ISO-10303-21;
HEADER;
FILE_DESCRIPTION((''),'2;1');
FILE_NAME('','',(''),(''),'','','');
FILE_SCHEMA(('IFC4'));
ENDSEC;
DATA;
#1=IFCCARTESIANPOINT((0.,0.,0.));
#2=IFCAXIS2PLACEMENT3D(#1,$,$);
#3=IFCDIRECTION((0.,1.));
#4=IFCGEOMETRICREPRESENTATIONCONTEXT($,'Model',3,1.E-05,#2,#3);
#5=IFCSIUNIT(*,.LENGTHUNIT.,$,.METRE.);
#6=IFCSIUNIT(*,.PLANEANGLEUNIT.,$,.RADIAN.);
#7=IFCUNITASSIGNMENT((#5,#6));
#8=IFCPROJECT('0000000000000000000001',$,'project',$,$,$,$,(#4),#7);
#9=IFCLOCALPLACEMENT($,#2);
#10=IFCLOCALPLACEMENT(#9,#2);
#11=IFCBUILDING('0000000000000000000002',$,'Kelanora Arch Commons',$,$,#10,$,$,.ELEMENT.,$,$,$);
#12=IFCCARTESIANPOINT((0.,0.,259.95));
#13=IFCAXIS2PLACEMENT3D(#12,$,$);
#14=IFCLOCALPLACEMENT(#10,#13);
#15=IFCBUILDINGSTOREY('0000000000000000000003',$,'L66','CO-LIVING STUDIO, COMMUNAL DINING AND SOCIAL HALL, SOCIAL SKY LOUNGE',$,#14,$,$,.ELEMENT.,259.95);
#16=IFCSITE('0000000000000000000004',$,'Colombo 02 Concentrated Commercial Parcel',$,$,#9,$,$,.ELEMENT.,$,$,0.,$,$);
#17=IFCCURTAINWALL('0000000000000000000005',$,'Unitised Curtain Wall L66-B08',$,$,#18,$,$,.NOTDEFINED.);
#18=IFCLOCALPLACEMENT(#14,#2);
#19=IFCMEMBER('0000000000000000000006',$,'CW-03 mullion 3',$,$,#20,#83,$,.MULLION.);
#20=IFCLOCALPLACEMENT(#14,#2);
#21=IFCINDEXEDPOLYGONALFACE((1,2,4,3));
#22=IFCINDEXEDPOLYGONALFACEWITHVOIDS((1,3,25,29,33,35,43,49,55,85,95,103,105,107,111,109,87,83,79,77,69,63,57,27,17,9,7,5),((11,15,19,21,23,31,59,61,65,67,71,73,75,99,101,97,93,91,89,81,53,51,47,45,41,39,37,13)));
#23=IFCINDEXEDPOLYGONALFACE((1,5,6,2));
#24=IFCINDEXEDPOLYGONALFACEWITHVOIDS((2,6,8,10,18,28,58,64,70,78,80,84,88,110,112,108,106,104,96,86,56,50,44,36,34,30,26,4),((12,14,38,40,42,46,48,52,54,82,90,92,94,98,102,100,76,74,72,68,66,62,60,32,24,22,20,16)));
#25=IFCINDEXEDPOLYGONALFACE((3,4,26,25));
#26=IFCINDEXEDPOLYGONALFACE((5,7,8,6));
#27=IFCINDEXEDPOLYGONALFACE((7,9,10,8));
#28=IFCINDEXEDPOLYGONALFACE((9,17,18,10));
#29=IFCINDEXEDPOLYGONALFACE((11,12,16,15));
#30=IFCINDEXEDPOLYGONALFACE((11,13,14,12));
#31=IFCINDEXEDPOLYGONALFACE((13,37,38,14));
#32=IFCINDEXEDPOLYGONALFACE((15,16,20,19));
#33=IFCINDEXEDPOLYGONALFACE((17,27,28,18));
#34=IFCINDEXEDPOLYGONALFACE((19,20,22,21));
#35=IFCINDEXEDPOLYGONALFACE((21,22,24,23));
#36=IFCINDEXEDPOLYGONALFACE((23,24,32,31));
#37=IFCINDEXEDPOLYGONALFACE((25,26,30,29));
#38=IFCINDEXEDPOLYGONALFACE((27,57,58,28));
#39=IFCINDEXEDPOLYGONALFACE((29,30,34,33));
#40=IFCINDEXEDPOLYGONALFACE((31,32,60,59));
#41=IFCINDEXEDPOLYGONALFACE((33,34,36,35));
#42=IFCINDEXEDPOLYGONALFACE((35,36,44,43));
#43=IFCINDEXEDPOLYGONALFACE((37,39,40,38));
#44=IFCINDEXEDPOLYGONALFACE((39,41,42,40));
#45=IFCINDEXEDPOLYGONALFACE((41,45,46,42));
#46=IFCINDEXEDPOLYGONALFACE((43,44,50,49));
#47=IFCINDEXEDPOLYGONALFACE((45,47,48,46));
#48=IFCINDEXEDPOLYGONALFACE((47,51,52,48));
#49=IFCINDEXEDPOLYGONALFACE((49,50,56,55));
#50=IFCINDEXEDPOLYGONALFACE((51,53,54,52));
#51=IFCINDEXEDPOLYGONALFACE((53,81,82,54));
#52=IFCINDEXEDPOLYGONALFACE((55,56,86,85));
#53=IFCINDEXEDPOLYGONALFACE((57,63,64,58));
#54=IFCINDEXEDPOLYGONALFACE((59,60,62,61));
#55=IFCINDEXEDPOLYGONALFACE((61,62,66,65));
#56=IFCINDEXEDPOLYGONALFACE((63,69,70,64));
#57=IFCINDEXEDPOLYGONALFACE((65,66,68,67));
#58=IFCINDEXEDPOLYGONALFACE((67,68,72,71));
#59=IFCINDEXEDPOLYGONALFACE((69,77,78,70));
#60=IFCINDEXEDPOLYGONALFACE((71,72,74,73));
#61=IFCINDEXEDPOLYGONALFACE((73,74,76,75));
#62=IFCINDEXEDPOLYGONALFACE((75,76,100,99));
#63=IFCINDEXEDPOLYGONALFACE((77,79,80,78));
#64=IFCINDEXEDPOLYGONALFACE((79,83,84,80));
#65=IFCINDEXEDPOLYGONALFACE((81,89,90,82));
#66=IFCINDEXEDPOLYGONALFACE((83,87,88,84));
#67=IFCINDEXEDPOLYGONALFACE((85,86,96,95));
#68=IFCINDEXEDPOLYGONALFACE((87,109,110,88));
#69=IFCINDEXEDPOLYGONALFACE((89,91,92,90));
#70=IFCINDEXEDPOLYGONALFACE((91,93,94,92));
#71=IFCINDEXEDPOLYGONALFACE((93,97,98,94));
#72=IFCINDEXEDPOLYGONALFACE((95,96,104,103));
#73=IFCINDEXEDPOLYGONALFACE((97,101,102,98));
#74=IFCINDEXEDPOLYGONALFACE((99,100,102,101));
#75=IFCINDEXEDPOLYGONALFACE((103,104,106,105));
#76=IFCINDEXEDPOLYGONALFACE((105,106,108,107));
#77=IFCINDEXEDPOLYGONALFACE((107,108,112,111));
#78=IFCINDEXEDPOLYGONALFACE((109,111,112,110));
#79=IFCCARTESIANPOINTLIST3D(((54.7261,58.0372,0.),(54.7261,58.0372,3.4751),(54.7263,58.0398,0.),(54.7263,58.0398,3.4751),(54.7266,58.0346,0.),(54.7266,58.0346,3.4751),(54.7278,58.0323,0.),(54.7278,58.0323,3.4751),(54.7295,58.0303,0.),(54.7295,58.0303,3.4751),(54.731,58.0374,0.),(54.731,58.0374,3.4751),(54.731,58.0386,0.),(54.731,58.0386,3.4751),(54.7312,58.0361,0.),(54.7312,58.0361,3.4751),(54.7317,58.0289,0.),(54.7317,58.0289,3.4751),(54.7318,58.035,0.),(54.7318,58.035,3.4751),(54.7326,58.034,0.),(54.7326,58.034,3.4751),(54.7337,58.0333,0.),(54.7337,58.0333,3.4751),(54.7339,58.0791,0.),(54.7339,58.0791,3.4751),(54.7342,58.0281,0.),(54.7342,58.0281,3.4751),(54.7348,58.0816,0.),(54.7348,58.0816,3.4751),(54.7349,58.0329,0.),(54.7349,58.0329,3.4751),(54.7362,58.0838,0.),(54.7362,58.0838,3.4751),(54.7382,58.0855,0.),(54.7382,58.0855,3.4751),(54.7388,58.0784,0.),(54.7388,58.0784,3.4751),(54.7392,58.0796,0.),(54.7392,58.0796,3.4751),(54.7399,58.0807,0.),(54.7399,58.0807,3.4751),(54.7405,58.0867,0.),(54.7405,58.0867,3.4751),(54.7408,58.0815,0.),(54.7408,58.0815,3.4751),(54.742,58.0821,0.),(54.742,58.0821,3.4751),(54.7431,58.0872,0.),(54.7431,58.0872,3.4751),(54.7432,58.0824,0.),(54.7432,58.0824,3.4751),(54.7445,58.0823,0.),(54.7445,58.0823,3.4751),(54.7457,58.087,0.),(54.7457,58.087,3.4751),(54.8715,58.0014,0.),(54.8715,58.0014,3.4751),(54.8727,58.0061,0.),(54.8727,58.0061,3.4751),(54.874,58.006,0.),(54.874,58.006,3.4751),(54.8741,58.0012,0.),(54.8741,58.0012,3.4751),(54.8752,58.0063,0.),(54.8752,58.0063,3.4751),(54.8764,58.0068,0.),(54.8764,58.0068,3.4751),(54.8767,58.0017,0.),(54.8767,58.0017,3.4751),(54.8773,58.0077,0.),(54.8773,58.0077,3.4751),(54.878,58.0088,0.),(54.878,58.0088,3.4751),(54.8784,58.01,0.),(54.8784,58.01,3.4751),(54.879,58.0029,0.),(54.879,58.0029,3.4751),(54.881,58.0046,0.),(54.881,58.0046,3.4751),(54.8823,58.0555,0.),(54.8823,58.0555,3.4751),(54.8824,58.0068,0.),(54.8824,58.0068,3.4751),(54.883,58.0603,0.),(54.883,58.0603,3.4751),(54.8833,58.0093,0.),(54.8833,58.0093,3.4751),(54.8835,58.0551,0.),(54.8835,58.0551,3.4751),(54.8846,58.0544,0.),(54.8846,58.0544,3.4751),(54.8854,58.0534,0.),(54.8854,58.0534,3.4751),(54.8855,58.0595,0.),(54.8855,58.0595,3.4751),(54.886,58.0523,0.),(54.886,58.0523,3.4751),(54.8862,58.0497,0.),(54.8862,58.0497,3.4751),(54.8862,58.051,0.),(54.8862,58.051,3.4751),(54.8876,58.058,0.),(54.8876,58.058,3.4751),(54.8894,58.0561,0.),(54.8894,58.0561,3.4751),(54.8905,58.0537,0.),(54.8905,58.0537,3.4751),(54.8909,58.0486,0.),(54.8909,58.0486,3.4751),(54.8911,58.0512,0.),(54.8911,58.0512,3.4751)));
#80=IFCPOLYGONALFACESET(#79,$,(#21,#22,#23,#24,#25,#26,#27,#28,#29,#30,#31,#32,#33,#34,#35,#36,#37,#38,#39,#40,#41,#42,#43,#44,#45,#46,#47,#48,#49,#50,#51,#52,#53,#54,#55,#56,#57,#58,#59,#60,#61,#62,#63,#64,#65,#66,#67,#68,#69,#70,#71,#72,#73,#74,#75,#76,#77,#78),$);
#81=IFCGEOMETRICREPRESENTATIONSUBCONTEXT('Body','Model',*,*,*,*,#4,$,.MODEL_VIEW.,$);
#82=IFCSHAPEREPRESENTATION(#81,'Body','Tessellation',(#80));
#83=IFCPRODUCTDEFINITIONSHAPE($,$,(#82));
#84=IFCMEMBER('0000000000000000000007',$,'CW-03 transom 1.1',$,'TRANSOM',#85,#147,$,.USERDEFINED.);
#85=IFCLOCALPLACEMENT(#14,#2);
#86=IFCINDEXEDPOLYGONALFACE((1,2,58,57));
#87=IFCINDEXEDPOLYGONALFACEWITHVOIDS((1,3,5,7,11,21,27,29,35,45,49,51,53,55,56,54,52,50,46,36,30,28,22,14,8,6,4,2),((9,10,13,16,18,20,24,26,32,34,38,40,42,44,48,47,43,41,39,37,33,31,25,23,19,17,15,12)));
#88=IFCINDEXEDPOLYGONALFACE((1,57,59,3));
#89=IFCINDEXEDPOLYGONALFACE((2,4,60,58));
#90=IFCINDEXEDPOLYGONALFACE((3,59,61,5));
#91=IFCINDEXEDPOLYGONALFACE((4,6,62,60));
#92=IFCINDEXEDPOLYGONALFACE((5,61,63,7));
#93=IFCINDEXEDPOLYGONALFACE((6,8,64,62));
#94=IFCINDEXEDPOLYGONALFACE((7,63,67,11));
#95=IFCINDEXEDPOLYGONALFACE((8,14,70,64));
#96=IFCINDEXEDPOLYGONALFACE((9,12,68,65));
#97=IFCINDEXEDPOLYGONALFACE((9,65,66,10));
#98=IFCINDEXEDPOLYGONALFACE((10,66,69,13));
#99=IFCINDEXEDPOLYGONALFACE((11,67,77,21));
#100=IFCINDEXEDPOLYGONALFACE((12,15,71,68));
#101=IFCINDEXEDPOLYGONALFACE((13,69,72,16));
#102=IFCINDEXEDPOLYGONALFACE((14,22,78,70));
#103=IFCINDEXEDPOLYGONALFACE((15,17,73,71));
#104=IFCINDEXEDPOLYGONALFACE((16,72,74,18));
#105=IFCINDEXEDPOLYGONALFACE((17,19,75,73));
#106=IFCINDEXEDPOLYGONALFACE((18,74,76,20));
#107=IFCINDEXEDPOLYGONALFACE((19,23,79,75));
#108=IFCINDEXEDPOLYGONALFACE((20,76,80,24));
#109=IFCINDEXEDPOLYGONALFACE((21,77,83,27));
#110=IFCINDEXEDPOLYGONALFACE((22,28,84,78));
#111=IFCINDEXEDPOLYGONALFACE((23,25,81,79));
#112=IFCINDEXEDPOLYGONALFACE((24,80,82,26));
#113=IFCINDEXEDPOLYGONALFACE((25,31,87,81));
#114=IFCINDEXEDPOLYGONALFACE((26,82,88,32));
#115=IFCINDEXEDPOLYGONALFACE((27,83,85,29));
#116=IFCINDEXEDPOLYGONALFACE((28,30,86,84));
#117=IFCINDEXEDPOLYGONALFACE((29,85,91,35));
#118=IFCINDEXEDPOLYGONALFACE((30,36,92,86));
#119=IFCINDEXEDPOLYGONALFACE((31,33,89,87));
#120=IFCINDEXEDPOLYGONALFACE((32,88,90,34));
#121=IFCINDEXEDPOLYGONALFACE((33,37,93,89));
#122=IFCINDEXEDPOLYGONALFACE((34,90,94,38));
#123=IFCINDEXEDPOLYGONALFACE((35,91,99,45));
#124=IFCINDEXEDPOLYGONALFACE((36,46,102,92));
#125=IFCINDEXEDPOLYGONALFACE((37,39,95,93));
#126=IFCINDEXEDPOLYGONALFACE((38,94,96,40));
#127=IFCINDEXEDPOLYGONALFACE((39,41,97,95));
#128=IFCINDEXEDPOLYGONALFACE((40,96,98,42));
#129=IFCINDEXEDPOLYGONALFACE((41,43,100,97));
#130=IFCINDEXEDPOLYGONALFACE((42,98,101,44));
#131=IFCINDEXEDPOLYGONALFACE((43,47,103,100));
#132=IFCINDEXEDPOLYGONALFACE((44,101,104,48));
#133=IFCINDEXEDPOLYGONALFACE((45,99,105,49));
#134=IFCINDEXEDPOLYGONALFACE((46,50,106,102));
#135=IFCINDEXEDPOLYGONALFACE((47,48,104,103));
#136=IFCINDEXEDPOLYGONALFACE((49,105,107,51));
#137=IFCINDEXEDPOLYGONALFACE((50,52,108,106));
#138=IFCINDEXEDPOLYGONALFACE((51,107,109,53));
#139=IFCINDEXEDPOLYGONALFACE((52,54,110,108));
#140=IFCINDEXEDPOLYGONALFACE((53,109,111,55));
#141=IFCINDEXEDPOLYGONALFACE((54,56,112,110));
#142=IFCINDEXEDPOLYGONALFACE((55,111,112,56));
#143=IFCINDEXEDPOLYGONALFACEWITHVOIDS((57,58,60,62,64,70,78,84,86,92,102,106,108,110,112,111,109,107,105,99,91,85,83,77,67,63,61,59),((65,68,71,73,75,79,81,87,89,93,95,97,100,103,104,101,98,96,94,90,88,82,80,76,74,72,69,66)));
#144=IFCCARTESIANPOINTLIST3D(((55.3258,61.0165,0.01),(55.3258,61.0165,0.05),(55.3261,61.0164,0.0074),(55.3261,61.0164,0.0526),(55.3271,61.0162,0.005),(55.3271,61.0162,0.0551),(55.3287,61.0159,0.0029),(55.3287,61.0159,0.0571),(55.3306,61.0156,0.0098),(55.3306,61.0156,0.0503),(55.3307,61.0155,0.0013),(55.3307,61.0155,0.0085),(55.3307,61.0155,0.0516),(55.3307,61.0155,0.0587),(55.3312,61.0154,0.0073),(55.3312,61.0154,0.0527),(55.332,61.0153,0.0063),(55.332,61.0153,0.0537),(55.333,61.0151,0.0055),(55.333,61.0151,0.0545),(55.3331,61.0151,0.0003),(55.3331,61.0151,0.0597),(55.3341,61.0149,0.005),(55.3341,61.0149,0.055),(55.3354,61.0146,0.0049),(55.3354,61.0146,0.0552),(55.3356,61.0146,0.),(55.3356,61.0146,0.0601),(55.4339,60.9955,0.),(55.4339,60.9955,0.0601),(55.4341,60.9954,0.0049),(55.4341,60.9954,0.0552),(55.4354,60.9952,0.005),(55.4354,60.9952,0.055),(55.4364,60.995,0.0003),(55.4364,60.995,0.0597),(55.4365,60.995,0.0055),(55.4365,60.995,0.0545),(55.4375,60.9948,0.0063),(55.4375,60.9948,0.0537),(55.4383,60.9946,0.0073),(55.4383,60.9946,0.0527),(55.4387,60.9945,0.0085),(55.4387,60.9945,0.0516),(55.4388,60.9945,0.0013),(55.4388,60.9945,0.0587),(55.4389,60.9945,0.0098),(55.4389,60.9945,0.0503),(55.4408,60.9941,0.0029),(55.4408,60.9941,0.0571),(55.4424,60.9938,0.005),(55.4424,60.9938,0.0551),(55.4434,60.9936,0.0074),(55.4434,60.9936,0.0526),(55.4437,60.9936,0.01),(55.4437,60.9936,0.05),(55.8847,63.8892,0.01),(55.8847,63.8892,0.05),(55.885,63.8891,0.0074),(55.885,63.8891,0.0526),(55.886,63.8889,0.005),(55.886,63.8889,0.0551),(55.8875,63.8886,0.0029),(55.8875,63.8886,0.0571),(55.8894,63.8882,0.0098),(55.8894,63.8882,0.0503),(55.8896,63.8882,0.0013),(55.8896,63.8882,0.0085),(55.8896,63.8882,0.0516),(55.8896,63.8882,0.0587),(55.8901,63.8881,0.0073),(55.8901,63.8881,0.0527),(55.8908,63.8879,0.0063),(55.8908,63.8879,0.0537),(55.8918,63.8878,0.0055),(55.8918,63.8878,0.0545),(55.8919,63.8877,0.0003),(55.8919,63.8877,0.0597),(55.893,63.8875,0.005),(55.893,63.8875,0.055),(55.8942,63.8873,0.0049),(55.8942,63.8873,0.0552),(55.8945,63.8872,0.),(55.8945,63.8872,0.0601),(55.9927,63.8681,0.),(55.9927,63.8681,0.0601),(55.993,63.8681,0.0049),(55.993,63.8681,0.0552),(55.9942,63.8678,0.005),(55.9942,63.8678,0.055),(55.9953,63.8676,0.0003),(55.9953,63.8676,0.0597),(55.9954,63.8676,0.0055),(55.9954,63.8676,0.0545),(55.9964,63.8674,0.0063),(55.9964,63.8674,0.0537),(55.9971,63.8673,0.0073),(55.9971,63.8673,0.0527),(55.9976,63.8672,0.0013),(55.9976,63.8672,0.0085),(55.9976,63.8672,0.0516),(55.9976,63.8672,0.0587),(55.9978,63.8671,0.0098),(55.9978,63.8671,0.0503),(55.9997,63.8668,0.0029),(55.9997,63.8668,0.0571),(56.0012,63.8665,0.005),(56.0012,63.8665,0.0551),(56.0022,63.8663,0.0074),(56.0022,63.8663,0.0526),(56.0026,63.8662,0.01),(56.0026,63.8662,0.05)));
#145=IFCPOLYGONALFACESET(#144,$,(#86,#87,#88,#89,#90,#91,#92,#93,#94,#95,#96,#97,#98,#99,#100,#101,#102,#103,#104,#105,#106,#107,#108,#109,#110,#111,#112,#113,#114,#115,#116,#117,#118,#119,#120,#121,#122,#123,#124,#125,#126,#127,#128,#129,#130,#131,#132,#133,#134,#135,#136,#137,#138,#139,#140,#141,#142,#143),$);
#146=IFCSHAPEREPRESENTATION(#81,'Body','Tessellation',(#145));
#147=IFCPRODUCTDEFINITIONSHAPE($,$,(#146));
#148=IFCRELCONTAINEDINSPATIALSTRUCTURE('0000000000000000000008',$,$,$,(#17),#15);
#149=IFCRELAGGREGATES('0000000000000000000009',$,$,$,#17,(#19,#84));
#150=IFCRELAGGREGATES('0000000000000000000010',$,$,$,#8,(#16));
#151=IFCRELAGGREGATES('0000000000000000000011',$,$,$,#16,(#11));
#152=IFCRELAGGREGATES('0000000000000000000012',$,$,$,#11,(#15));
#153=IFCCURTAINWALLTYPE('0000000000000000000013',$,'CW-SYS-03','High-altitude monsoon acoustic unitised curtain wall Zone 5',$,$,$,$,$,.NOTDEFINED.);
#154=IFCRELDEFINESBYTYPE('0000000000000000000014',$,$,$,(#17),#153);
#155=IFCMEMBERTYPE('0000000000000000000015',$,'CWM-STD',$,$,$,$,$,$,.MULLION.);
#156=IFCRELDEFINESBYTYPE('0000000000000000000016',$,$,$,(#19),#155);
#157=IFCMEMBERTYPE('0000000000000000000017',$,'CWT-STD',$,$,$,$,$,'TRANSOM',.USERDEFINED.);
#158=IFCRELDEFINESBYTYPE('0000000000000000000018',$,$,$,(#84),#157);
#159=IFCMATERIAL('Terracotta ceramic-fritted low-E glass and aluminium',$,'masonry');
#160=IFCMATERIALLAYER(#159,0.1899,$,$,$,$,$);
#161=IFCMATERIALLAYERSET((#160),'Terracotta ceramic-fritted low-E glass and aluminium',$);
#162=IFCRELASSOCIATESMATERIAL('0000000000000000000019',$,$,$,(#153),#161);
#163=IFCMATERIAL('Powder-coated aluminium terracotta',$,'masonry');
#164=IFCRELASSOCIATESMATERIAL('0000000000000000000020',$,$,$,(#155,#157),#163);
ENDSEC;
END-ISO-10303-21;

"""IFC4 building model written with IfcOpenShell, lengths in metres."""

from ifc_helpers import new_model, si_unit, direction, frame, origin, origin_2d, place, context, subcontext, project, spatial, hollow_rectangle, extrude, material, layer, layer_set, material_profile, profile_set, type_object, element, aggregate, save


model = new_model("IFC4")

# Units and contexts
model_context = context("Model", 3, precision=1e-05, world=origin(), true_north=direction((0.0, 1.0)))
body_context = subcontext(model_context, "Body", "Model", "MODEL_VIEW")
ifc_project = project(units=[si_unit("LENGTHUNIT", "METRE"), si_unit("PLANEANGLEUNIT", "RADIAN")], contexts=[model_context])

# Site, building, storey
site_placement = place(None, origin())
site = spatial("IfcSite", under=ifc_project, at=site_placement, Name="Colombo 02 Concentrated Commercial Parcel", CompositionType="ELEMENT", RefElevation=0.0)
building_placement = place(site_placement, origin())
building = spatial("IfcBuilding", under=site, at=building_placement, Name="Kelanora Arch Commons", CompositionType="ELEMENT")
storey_placement = place(building_placement, frame((0.0, 0.0, 259.95)))
storey = spatial("IfcBuildingStorey", under=building, at=storey_placement, Name="L66", Description="CO-LIVING STUDIO, COMMUNAL DINING AND SOCIAL HALL, SOCIAL SKY LOUNGE", CompositionType="ELEMENT", Elevation=259.95)

# Curtain wall, members
ifc_material_1 = material(Name="Terracotta ceramic-fritted low-E glass and aluminium", Category="masonry")
ifc_layer_1 = layer(ifc_material_1, 0.1899)
ifc_layer_set_1 = layer_set([ifc_layer_1], Name="Terracotta ceramic-fritted low-E glass and aluminium")
curtain_wall_type = type_object("IfcCurtainWallType", Name="CW-SYS-03", Description="High-altitude monsoon acoustic unitised curtain wall Zone 5", PredefinedType="NOTDEFINED", material=ifc_layer_set_1)
curtain_wall_placement = place(storey_placement, origin())
curtain_wall = element("IfcCurtainWall", 1, at=curtain_wall_placement, inside=storey, type_object=curtain_wall_type, Name="Unitised Curtain Wall L66-B08", PredefinedType="NOTDEFINED")
ifc_material_2 = material(Name="Powder-coated aluminium terracotta", Category="masonry")
ifc_material_profile_1 = material_profile(ifc_material_2, hollow_rectangle(XDim=0.1599, YDim=0.0601, WallThickness=0.0049, InnerFilletRadius=0.0049, OuterFilletRadius=0.01, at=origin_2d()), Name="CWM160x60")
ifc_profile_set_1 = profile_set([ifc_material_profile_1], Name="Powder-coated aluminium terracotta")
member_type_1 = type_object("IfcMemberType", Name="CWM-STD", PredefinedType="MULLION", material=ifc_profile_set_1)
member_1_placement = place(storey_placement, frame((54.8086, 58.0442, 0.0), z_axis=(0.0, 0.0, 1.0), x_axis=(0.981596, -0.190972, 0.0)))
member_1 = element("IfcMember", 2, at=member_1_placement, type_object=member_type_1, Name="CW-03 mullion 3", PredefinedType="MULLION", context=body_context, shape_type="SweptSolid", body=[
    extrude(hollow_rectangle(XDim=0.1599, YDim=0.0601, WallThickness=0.0049, InnerFilletRadius=0.0049, OuterFilletRadius=0.01, at=origin_2d()), origin(), (0.0, 0.0, 1.0), 3.4751),
])
ifc_material_profile_2 = material_profile(ifc_material_2, hollow_rectangle(XDim=0.1201, YDim=0.0601, WallThickness=0.0049, InnerFilletRadius=0.0049, OuterFilletRadius=0.01, at=origin_2d()), Name="CWT120x60")
ifc_profile_set_2 = profile_set([ifc_material_profile_2], Name="Powder-coated aluminium terracotta")
member_type_2 = type_object("IfcMemberType", Name="CWT-STD", ElementType="TRANSOM", PredefinedType="USERDEFINED", material=ifc_profile_set_2)
member_2_placement = place(storey_placement, frame((55.9436, 63.8777, 0.03), z_axis=(-0.190963, -0.981597, 0.0), x_axis=(0.981597, -0.190963, 0.0)))
member_2 = element("IfcMember", 3, at=member_2_placement, type_object=member_type_2, Name="CW-03 transom 1.1", ObjectType="TRANSOM", PredefinedType="USERDEFINED", context=body_context, shape_type="SweptSolid", body=[
    extrude(hollow_rectangle(XDim=0.1201, YDim=0.0601, WallThickness=0.0049, InnerFilletRadius=0.0049, OuterFilletRadius=0.01, at=origin_2d()), origin(), (0.0, 0.0, 1.0), 2.9265),
])
aggregate(curtain_wall, [member_1, member_2])

save(model, "model.ifc")
